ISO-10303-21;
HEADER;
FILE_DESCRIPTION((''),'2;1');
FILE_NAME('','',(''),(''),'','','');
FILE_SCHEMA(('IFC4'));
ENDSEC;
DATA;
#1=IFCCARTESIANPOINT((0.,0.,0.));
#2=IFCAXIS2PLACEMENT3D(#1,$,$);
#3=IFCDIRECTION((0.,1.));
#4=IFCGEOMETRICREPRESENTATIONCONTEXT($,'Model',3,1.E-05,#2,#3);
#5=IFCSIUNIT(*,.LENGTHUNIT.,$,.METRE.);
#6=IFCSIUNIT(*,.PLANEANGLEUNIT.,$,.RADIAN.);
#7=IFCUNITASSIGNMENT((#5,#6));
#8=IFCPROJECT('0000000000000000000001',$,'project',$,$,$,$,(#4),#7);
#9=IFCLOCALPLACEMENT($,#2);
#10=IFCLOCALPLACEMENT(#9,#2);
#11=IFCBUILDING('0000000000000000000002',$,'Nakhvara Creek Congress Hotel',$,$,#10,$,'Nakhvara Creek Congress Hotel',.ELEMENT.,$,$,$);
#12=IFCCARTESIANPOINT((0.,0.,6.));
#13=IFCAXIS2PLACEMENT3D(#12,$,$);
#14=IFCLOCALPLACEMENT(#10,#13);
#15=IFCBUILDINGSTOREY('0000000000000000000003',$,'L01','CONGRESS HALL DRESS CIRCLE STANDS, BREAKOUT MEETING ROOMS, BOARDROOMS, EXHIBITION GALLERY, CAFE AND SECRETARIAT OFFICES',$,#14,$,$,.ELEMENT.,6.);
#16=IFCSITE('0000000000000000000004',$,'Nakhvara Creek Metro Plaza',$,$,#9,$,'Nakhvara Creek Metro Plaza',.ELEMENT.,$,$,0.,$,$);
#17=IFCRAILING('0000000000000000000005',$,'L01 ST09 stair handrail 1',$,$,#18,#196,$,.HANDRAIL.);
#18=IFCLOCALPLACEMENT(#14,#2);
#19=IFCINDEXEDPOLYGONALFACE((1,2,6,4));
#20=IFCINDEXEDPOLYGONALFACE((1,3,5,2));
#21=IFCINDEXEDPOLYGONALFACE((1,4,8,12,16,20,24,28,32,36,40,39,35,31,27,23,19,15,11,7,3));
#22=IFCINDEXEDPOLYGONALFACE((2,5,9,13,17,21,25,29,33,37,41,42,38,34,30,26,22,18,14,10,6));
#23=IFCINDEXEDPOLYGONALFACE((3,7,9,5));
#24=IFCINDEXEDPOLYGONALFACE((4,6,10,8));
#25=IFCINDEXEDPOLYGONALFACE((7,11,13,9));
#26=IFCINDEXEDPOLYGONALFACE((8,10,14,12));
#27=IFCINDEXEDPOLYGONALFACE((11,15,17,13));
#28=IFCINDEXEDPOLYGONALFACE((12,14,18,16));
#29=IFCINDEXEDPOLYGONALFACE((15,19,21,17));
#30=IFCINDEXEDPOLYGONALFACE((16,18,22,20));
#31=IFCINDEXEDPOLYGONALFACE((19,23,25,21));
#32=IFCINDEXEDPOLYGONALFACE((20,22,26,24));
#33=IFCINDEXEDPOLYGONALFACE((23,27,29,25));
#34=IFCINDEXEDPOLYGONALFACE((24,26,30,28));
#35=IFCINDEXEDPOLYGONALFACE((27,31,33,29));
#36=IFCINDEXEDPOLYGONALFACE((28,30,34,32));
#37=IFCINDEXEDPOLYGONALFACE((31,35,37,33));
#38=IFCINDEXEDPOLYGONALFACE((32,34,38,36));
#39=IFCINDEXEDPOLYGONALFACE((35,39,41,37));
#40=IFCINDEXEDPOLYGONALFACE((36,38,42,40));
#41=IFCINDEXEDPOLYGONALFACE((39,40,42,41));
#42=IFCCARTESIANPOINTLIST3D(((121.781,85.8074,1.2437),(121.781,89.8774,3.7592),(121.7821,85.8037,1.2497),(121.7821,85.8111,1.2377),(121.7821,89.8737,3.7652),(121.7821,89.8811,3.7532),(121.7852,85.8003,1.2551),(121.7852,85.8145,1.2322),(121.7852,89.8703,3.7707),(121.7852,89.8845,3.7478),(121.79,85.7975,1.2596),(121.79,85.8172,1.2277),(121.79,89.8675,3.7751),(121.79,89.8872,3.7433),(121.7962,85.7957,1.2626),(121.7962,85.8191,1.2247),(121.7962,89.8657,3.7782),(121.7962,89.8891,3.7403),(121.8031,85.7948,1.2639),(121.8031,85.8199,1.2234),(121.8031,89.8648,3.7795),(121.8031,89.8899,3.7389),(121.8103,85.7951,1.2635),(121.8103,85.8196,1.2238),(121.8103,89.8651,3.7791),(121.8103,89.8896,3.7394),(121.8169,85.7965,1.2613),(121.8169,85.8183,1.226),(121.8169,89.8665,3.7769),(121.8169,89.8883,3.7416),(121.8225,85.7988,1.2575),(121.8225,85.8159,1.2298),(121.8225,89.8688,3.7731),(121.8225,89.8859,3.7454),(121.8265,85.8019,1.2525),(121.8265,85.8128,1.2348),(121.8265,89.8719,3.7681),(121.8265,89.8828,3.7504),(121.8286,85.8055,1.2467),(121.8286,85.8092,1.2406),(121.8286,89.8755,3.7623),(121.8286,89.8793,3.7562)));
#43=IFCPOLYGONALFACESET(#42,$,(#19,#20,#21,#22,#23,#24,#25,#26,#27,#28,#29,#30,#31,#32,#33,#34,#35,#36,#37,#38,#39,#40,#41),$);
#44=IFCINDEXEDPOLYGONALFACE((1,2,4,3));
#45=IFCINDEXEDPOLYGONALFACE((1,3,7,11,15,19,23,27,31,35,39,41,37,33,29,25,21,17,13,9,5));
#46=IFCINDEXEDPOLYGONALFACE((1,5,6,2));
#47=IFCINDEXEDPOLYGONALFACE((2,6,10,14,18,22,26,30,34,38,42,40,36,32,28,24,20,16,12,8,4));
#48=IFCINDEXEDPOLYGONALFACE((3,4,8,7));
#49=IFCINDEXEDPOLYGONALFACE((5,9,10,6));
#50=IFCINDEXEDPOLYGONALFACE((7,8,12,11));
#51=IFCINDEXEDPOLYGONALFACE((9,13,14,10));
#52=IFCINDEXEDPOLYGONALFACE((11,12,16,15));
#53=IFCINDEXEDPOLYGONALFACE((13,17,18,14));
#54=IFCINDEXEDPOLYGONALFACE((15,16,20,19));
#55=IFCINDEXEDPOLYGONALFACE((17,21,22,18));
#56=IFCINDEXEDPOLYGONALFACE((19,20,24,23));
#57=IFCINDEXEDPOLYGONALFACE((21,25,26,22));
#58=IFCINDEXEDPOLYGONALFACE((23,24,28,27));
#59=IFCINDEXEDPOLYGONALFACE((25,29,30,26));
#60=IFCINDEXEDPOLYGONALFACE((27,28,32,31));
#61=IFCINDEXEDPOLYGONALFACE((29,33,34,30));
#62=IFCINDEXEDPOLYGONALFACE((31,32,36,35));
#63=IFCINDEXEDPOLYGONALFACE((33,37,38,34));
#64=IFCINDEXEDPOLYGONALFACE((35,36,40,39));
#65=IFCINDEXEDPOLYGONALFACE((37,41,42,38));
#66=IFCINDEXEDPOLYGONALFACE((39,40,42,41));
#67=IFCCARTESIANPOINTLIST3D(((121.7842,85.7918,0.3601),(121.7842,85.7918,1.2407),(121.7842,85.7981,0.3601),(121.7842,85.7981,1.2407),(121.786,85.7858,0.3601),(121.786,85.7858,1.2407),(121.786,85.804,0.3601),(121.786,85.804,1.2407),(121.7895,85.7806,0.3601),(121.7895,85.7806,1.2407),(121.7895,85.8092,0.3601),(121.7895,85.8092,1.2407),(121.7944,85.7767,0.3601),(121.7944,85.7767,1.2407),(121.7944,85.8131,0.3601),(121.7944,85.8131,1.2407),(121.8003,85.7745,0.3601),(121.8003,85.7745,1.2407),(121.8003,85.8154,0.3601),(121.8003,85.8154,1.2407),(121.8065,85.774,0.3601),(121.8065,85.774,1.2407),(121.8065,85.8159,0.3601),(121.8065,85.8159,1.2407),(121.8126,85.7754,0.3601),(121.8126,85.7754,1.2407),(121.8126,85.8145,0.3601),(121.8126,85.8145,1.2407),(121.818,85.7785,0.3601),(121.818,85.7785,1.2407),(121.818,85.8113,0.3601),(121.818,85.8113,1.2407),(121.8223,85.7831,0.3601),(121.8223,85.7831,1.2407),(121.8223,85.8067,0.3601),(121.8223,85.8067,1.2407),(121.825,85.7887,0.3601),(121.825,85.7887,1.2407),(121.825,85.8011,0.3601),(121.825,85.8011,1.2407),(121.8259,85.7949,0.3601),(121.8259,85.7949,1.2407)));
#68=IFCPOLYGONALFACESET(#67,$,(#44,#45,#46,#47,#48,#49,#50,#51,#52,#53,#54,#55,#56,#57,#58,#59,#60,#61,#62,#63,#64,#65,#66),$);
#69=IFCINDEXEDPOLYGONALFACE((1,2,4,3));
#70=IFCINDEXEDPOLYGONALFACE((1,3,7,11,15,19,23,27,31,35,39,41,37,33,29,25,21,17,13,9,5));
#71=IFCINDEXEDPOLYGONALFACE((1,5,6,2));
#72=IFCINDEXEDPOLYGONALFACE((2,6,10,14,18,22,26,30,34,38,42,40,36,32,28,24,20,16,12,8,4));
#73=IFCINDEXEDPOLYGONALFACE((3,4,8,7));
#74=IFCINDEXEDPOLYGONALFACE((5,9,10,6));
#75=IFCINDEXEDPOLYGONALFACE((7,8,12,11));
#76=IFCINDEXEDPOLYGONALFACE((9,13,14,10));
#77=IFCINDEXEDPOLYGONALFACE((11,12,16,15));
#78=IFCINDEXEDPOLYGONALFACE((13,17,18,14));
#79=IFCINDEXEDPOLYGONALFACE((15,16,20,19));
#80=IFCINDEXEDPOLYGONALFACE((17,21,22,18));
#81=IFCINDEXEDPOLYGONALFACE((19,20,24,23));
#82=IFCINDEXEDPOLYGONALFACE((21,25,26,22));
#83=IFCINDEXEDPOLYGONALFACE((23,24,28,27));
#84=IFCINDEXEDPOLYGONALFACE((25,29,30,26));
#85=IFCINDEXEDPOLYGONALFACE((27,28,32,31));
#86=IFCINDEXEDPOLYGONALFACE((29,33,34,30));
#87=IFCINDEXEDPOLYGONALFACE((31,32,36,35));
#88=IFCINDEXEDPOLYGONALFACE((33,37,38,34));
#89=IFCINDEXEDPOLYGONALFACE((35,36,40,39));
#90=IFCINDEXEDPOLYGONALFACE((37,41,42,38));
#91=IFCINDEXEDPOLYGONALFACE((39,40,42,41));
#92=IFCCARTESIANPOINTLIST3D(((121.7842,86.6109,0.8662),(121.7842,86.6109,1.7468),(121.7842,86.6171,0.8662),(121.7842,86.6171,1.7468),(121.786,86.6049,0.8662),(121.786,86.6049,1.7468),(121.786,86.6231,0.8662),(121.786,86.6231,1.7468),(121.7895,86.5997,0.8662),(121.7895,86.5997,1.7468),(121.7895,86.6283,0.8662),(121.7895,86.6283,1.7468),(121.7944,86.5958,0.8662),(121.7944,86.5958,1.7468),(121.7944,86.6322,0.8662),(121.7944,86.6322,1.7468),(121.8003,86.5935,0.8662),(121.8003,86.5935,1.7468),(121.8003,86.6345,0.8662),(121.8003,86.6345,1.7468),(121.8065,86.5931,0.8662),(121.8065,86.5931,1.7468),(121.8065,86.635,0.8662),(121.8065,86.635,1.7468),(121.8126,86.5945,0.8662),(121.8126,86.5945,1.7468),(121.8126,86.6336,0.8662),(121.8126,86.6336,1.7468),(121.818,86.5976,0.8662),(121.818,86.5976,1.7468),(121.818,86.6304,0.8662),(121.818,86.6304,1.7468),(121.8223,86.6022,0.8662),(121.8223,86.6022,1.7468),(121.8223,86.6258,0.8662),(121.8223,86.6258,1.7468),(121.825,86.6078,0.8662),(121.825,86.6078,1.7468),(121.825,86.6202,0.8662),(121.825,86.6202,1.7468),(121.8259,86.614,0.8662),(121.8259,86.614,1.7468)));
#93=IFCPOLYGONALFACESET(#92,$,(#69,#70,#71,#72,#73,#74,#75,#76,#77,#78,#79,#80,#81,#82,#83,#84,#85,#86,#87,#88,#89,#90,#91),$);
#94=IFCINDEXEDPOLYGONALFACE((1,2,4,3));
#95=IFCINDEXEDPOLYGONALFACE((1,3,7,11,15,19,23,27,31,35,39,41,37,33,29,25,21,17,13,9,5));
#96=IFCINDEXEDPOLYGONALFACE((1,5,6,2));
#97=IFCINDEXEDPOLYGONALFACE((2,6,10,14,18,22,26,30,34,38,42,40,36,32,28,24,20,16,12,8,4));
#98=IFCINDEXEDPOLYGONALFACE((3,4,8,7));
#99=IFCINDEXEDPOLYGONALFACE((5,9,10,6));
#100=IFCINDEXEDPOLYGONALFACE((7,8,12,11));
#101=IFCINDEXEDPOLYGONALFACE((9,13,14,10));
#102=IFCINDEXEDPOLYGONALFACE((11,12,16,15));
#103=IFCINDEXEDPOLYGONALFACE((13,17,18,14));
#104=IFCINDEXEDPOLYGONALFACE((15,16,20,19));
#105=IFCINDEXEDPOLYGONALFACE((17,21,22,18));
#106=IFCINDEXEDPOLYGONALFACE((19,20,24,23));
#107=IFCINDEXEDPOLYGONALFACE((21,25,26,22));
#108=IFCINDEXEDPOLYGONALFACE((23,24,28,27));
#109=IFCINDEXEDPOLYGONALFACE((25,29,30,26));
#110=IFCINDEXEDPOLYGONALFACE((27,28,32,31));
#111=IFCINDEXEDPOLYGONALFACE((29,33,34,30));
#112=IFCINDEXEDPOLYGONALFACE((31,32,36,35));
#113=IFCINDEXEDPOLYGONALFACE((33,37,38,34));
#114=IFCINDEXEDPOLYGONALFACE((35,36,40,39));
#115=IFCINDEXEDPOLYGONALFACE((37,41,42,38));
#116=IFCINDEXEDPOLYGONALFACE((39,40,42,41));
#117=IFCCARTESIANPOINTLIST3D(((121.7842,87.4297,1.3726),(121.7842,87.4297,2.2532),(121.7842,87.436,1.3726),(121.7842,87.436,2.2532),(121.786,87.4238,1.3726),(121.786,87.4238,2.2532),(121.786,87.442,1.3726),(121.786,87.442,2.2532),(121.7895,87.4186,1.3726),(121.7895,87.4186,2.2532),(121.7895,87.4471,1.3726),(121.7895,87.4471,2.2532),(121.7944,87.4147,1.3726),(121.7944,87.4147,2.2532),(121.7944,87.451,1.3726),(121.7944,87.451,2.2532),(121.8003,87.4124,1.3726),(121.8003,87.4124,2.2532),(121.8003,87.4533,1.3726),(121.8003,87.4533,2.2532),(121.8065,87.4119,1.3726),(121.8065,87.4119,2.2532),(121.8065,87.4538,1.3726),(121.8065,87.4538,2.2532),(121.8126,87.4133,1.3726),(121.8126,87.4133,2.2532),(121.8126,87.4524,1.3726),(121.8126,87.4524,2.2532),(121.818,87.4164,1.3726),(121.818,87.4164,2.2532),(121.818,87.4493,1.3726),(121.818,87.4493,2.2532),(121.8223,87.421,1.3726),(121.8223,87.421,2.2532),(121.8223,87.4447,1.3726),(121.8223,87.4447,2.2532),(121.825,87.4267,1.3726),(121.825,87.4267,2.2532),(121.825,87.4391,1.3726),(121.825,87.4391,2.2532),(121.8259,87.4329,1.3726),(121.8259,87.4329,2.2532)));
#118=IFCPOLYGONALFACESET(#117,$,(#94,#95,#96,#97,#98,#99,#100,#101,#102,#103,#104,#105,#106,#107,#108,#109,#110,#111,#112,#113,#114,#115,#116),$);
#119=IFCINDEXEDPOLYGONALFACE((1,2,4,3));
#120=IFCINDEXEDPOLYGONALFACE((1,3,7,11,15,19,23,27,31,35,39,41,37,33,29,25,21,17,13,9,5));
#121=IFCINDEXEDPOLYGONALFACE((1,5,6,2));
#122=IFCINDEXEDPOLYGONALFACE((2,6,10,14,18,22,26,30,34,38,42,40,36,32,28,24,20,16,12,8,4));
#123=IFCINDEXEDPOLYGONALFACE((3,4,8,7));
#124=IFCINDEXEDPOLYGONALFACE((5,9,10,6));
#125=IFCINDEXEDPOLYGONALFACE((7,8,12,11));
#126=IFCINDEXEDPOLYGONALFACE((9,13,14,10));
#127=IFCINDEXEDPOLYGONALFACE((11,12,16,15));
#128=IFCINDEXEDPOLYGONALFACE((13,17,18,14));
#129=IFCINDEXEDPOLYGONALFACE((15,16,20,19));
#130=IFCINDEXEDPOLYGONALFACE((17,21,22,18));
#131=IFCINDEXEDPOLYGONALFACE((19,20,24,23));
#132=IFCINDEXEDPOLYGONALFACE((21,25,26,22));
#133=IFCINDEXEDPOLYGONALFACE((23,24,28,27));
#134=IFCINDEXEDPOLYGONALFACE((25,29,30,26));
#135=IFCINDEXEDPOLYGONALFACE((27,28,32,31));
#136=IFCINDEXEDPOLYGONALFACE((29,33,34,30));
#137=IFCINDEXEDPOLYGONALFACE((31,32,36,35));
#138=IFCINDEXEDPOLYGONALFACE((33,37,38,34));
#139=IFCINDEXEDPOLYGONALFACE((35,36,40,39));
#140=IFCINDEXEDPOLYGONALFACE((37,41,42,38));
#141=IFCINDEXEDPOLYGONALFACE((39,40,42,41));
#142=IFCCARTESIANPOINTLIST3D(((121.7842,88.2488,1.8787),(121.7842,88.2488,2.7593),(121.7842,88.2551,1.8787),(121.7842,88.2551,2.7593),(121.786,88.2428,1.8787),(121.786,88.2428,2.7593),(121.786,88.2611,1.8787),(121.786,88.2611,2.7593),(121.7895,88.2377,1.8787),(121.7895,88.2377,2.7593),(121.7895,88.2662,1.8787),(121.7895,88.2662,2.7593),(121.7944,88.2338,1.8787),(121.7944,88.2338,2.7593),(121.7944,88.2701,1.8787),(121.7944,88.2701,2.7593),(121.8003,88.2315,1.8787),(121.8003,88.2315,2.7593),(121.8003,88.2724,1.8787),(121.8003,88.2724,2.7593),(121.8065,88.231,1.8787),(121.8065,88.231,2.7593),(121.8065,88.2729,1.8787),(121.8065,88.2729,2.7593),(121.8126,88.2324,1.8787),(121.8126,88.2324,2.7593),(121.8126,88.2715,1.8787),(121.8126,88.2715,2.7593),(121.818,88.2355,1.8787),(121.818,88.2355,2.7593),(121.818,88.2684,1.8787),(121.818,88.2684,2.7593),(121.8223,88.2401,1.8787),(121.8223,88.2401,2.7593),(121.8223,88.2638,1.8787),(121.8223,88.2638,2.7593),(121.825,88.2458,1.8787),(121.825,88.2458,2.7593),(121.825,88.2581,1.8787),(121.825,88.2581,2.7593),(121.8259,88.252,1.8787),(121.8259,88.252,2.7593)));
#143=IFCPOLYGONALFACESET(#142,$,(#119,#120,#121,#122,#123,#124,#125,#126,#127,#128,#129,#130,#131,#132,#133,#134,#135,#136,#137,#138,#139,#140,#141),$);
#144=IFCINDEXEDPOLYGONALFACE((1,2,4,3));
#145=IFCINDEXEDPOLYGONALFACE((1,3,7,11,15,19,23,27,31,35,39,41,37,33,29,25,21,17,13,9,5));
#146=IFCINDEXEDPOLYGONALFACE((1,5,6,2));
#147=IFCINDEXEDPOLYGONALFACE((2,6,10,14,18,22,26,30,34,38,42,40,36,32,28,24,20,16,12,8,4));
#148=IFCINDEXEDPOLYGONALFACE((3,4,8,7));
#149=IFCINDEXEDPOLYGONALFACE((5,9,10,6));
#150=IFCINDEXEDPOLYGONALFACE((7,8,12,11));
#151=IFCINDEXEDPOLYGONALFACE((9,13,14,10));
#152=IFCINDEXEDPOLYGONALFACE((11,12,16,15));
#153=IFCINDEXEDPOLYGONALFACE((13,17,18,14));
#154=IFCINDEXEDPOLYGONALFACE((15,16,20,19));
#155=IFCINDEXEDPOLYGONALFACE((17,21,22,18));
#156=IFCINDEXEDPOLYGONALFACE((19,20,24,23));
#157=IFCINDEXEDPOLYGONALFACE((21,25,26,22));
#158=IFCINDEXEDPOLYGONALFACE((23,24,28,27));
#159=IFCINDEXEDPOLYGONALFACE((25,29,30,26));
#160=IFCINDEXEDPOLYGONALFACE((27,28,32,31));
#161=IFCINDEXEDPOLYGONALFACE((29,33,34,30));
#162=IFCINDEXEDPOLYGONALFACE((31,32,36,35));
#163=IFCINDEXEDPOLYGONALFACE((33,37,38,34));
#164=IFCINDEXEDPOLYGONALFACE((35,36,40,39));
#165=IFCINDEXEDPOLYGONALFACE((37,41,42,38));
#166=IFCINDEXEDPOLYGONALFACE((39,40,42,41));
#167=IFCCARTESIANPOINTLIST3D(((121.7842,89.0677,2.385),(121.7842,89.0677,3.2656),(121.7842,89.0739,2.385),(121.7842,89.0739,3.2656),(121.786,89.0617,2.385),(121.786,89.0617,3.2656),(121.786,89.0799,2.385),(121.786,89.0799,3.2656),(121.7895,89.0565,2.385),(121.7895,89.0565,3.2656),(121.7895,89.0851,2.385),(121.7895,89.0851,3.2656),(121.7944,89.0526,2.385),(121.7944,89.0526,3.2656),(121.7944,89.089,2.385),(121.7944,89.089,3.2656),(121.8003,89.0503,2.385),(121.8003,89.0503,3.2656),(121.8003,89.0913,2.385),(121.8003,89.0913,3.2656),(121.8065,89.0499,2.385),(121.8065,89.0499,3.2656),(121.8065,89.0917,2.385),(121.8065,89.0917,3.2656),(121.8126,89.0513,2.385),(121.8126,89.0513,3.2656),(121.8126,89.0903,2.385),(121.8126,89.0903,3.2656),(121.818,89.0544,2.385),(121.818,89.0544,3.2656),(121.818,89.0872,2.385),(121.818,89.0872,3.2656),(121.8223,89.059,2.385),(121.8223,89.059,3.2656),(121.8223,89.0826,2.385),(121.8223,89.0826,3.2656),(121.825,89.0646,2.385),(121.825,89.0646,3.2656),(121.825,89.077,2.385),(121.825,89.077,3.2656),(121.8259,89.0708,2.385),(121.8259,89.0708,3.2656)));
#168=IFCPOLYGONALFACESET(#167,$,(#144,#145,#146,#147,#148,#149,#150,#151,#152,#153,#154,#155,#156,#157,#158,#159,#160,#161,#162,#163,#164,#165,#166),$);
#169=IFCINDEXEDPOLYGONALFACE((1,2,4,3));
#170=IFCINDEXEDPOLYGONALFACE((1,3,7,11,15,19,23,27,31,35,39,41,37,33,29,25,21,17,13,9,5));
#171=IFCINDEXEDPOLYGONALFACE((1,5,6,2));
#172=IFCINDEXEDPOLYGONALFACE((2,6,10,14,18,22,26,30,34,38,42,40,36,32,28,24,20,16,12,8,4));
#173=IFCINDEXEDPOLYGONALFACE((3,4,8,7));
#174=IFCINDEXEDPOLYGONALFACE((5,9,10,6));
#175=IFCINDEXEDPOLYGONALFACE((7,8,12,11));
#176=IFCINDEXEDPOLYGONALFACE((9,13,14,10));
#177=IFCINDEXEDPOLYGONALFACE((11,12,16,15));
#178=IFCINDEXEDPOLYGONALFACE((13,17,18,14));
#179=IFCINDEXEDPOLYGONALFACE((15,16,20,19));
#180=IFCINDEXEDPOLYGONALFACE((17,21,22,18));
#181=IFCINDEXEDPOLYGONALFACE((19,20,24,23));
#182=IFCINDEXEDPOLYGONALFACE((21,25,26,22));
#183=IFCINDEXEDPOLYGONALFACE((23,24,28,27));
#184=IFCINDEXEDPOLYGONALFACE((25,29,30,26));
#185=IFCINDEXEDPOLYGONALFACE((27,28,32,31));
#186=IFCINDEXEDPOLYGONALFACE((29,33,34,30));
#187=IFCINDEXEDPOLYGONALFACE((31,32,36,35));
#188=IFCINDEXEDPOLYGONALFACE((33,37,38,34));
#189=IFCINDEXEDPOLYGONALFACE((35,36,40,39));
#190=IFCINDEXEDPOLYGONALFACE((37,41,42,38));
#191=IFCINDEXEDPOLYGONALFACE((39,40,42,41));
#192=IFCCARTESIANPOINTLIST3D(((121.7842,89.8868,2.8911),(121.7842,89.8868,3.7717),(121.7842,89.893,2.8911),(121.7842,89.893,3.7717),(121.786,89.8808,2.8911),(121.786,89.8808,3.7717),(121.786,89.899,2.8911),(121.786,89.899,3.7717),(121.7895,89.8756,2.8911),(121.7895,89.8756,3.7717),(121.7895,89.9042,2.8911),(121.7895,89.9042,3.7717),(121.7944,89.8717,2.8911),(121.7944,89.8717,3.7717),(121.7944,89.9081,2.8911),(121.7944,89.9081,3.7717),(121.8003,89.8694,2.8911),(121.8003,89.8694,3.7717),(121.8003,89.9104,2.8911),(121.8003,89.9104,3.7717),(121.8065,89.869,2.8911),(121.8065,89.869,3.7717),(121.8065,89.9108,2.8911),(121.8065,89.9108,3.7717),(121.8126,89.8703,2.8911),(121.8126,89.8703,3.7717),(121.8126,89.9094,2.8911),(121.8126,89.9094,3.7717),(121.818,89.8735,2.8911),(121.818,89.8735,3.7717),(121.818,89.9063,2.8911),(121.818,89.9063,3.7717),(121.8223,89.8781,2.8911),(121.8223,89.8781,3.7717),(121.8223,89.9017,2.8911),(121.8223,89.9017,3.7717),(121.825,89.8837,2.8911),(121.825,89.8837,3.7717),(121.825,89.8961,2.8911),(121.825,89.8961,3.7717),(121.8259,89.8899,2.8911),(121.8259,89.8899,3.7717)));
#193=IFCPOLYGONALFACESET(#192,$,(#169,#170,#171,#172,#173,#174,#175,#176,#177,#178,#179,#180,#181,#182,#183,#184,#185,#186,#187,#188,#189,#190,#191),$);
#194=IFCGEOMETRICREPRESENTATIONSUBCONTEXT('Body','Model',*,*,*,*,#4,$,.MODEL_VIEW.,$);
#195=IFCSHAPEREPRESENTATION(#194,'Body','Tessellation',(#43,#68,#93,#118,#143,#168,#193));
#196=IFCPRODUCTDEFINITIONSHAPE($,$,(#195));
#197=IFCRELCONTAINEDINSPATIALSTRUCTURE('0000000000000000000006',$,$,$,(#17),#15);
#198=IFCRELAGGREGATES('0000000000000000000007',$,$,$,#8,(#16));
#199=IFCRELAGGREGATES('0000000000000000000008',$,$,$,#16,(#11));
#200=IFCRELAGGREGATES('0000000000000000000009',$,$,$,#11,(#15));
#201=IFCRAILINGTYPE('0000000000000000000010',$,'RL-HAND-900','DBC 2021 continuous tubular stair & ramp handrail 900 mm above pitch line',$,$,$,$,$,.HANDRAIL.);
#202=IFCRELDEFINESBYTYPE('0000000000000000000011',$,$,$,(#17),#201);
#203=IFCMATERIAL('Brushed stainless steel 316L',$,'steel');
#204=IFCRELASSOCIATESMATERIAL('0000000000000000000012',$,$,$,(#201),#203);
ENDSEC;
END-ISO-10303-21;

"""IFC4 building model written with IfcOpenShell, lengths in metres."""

from ifc_helpers import new_model, si_unit, direction, frame, origin, origin_2d, place, context, subcontext, project, spatial, circle, extrude, material, type_object, element, save


model = new_model("IFC4")

# Units and contexts
model_context = context("Model", 3, precision=1e-05, world=origin(), true_north=direction((0.0, 1.0)))
body_context = subcontext(model_context, "Body", "Model", "MODEL_VIEW")
ifc_project = project(units=[si_unit("LENGTHUNIT", "METRE"), si_unit("PLANEANGLEUNIT", "RADIAN")], contexts=[model_context])

# Site, building, storey
site_placement = place(None, origin())
site = spatial("IfcSite", under=ifc_project, at=site_placement, Name="Nakhvara Creek Metro Plaza", LongName="Nakhvara Creek Metro Plaza", CompositionType="ELEMENT", RefElevation=0.0)
building_placement = place(site_placement, origin())
building = spatial("IfcBuilding", under=site, at=building_placement, Name="Nakhvara Creek Congress Hotel", LongName="Nakhvara Creek Congress Hotel", CompositionType="ELEMENT")
storey_placement = place(building_placement, frame((0.0, 0.0, 6.0)))
storey = spatial("IfcBuildingStorey", under=building, at=storey_placement, Name="L01", Description="CONGRESS HALL DRESS CIRCLE STANDS, BREAKOUT MEETING ROOMS, BOARDROOMS, EXHIBITION GALLERY, CAFE AND SECRETARIAT OFFICES", CompositionType="ELEMENT", Elevation=6.0)

# Railing
ifc_material_1 = material(Name="Brushed stainless steel 316L", Category="steel")
railing_type_1 = type_object("IfcRailingType", Name="RL-HAND-900", Description="DBC 2021 continuous tubular stair & ramp handrail 900 mm above pitch line", PredefinedType="HANDRAIL", material=ifc_material_1)
railing_1_placement = place(storey_placement, frame((121.8049, 85.7949, 0.3601)))
element("IfcRailing", 1, at=railing_1_placement, inside=storey, type_object=railing_type_1, Name="L01 ST09 stair handrail 1", PredefinedType="HANDRAIL", context=body_context, shape_type="SweptSolid", body=[
    extrude(circle(Radius=0.0239, at=origin_2d()), frame((0.0, 0.0125, 0.8835), z_axis=(0.0, 0.850635, 0.525757), x_axis=(-1.0, 0.0, 0.0)), (0.0, 0.0, 1.0), 4.7847),
    extrude(circle(Radius=0.021, at=origin_2d()), origin(), (0.0, 0.0, 1.0), 0.8806),
    extrude(circle(Radius=0.021, at=origin_2d()), frame((0.0, 0.8191, 0.5061)), (0.0, 0.0, 1.0), 0.8806),
    extrude(circle(Radius=0.021, at=origin_2d()), frame((0.0, 1.6379, 1.0125)), (0.0, 0.0, 1.0), 0.8806),
    extrude(circle(Radius=0.021, at=origin_2d()), frame((0.0, 2.457, 1.5186)), (0.0, 0.0, 1.0), 0.8806),
    extrude(circle(Radius=0.021, at=origin_2d()), frame((0.0, 3.2759, 2.0249)), (0.0, 0.0, 1.0), 0.8806),
    extrude(circle(Radius=0.021, at=origin_2d()), frame((0.0, 4.095, 2.531)), (0.0, 0.0, 1.0), 0.8806),
])

save(model, "model.ifc")
